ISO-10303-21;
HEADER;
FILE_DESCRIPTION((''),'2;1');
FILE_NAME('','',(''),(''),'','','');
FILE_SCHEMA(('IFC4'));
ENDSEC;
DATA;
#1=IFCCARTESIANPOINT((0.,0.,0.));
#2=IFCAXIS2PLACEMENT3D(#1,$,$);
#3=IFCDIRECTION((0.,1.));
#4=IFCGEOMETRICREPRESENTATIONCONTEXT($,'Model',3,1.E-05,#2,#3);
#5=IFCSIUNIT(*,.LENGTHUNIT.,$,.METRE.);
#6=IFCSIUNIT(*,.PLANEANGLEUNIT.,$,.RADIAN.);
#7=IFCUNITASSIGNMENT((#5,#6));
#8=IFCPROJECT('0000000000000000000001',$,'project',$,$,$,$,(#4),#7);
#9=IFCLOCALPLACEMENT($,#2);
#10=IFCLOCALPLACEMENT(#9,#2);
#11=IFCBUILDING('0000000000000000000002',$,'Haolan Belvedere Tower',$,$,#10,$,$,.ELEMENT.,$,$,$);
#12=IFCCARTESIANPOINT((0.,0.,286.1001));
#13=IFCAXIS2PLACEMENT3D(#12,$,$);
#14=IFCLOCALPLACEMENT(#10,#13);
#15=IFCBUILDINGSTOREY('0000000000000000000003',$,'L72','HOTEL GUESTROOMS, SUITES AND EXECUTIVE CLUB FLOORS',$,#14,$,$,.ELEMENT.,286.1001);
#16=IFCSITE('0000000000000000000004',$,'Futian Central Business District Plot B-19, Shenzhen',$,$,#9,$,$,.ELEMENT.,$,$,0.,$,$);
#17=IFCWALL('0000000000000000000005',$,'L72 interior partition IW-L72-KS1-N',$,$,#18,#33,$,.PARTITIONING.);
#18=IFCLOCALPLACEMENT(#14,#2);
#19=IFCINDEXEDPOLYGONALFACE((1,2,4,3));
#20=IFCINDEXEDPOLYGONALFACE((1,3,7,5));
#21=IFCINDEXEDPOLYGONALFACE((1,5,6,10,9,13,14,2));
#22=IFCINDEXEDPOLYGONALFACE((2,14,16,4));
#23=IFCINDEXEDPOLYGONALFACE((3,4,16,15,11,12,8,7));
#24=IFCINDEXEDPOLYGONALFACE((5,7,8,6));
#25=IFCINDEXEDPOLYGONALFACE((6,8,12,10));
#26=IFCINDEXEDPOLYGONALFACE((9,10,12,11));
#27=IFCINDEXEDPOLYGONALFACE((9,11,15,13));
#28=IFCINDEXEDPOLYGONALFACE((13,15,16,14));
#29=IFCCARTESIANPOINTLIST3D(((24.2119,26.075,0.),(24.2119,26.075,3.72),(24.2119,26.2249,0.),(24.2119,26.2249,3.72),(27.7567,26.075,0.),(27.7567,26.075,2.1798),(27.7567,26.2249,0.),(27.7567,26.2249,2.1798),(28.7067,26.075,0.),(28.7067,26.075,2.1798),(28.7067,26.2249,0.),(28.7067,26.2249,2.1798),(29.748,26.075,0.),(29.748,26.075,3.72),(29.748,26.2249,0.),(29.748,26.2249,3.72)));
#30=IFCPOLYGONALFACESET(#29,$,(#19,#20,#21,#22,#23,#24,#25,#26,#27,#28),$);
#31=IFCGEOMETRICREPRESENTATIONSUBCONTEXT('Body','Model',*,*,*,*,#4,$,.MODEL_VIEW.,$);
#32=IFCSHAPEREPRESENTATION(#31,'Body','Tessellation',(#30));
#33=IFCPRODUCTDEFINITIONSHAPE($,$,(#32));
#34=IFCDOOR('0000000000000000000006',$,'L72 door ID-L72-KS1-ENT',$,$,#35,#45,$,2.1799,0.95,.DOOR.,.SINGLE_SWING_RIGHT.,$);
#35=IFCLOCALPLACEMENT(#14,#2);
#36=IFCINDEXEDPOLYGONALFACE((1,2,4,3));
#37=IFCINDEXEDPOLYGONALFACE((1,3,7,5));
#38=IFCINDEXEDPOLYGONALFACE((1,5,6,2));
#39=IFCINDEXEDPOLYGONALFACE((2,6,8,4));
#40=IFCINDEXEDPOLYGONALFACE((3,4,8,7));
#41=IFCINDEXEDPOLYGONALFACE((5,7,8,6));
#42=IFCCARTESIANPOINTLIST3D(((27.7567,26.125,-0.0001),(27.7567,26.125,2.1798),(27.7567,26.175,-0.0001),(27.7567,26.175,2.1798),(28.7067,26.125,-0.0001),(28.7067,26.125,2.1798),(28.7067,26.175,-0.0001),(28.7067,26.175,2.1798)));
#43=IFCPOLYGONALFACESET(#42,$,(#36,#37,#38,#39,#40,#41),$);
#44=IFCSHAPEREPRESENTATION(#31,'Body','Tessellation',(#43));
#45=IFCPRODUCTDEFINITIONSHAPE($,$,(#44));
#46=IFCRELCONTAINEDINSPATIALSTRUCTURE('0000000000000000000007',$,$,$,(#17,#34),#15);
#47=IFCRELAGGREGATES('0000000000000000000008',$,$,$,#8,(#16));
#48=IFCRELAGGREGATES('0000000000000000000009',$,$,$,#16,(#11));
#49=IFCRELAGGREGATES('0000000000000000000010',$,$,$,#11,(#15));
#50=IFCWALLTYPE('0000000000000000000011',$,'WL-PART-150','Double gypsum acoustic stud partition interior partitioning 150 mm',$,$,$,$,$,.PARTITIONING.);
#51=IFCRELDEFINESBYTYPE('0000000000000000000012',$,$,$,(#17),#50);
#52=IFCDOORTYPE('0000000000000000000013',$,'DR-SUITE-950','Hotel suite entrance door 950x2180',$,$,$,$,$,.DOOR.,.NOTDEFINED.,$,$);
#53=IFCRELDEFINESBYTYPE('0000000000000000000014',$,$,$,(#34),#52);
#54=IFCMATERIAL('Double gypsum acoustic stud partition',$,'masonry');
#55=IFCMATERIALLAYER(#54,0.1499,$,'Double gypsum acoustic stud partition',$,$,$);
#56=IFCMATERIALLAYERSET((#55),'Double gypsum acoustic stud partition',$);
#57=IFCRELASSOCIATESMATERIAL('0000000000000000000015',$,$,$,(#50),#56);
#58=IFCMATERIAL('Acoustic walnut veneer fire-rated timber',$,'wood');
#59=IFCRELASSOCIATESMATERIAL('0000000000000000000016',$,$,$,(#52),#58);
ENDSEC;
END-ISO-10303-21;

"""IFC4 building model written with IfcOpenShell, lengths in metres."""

from ifc_helpers import new_model, si_unit, direction, frame, frame_2d, origin, place, context, subcontext, project, spatial, rectangle, extrude, material, layer, layer_set, type_object, element, fill, save


model = new_model("IFC4")

# Units and contexts
model_context = context("Model", 3, precision=1e-05, world=origin(), true_north=direction((0.0, 1.0)))
body_context = subcontext(model_context, "Body", "Model", "MODEL_VIEW")
ifc_project = project(units=[si_unit("LENGTHUNIT", "METRE"), si_unit("PLANEANGLEUNIT", "RADIAN")], contexts=[model_context])

# Site, building, storey
site_placement = place(None, origin())
site = spatial("IfcSite", under=ifc_project, at=site_placement, Name="Futian Central Business District Plot B-19, Shenzhen", CompositionType="ELEMENT", RefElevation=0.0)
building_placement = place(site_placement, origin())
building = spatial("IfcBuilding", under=site, at=building_placement, Name="Haolan Belvedere Tower", CompositionType="ELEMENT")
storey_placement = place(building_placement, frame((0.0, 0.0, 286.1001)))
storey = spatial("IfcBuildingStorey", under=building, at=storey_placement, Name="L72", Description="HOTEL GUESTROOMS, SUITES AND EXECUTIVE CLUB FLOORS", CompositionType="ELEMENT", Elevation=286.1001)

# Shared definitions
ifc_material_1 = material(Name="Double gypsum acoustic stud partition", Category="masonry")
ifc_layer_1 = layer(ifc_material_1, 0.1499, Name="Double gypsum acoustic stud partition")
ifc_layer_set_1 = layer_set([ifc_layer_1], Name="Double gypsum acoustic stud partition")
wall_type_1 = type_object("IfcWallType", Name="WL-PART-150", Description="Double gypsum acoustic stud partition interior partitioning 150 mm", PredefinedType="PARTITIONING", material=ifc_layer_set_1)

# Wall, opening, door
wall_1_placement = place(storey_placement, frame((24.2119, 26.1499, 0.0), z_axis=(0.0, 0.0, 1.0), x_axis=(1.0, 0.0, 0.0)))
wall_1 = element("IfcWall", 1, at=wall_1_placement, inside=storey, type_object=wall_type_1, Name="L72 interior partition IW-L72-KS1-N", PredefinedType="PARTITIONING", context=body_context, shape_type="SweptSolid", body=[
    extrude(rectangle(XDim=5.5361, YDim=0.1499, at=frame_2d((2.7681, 0.0))), origin(), (0.0, 0.0, 1.0), 3.72),
])
opening_1_placement = place(wall_1_placement, frame((4.4949, 0.0, 0.0), z_axis=(0.0, 0.0, 1.0), x_axis=(-1.0, 0.0, 0.0)))
opening_1 = element("IfcOpeningElement", 2, at=opening_1_placement, cuts=wall_1, PredefinedType="OPENING", context=body_context, shape_type="SweptSolid", body=[
    extrude(rectangle(XDim=0.95, YDim=2.1799, at=frame_2d((0.4751, 1.0898))), frame((0.0, 0.085, 0.0), z_axis=(0.0, -1.0, 0.0), x_axis=(1.0, 0.0, 0.0)), (0.0, 0.0, 1.0), 0.1699),
])
ifc_material_2 = material(Name="Acoustic walnut veneer fire-rated timber", Category="wood")
door_type_1 = type_object("IfcDoorType", Name="DR-SUITE-950", Description="Hotel suite entrance door 950x2180", OperationType="NOTDEFINED", PredefinedType="DOOR", material=ifc_material_2)
door_1_placement = place(opening_1_placement, origin())
door_1 = element("IfcDoor", 3, at=door_1_placement, inside=storey, type_object=door_type_1, Name="L72 door ID-L72-KS1-ENT", OperationType="SINGLE_SWING_RIGHT", OverallHeight=2.1799, OverallWidth=0.95, PredefinedType="DOOR", context=body_context, shape_type="SweptSolid", body=[
    extrude(rectangle(XDim=0.95, YDim=2.1799, at=frame_2d((0.4751, 1.0898))), frame((0.0, 0.0249, 0.0), z_axis=(0.0, -1.0, 0.0), x_axis=(1.0, 0.0, 0.0)), (0.0, 0.0, 1.0), 0.05),
])
fill(opening_1, door_1)

save(model, "model.ifc")
